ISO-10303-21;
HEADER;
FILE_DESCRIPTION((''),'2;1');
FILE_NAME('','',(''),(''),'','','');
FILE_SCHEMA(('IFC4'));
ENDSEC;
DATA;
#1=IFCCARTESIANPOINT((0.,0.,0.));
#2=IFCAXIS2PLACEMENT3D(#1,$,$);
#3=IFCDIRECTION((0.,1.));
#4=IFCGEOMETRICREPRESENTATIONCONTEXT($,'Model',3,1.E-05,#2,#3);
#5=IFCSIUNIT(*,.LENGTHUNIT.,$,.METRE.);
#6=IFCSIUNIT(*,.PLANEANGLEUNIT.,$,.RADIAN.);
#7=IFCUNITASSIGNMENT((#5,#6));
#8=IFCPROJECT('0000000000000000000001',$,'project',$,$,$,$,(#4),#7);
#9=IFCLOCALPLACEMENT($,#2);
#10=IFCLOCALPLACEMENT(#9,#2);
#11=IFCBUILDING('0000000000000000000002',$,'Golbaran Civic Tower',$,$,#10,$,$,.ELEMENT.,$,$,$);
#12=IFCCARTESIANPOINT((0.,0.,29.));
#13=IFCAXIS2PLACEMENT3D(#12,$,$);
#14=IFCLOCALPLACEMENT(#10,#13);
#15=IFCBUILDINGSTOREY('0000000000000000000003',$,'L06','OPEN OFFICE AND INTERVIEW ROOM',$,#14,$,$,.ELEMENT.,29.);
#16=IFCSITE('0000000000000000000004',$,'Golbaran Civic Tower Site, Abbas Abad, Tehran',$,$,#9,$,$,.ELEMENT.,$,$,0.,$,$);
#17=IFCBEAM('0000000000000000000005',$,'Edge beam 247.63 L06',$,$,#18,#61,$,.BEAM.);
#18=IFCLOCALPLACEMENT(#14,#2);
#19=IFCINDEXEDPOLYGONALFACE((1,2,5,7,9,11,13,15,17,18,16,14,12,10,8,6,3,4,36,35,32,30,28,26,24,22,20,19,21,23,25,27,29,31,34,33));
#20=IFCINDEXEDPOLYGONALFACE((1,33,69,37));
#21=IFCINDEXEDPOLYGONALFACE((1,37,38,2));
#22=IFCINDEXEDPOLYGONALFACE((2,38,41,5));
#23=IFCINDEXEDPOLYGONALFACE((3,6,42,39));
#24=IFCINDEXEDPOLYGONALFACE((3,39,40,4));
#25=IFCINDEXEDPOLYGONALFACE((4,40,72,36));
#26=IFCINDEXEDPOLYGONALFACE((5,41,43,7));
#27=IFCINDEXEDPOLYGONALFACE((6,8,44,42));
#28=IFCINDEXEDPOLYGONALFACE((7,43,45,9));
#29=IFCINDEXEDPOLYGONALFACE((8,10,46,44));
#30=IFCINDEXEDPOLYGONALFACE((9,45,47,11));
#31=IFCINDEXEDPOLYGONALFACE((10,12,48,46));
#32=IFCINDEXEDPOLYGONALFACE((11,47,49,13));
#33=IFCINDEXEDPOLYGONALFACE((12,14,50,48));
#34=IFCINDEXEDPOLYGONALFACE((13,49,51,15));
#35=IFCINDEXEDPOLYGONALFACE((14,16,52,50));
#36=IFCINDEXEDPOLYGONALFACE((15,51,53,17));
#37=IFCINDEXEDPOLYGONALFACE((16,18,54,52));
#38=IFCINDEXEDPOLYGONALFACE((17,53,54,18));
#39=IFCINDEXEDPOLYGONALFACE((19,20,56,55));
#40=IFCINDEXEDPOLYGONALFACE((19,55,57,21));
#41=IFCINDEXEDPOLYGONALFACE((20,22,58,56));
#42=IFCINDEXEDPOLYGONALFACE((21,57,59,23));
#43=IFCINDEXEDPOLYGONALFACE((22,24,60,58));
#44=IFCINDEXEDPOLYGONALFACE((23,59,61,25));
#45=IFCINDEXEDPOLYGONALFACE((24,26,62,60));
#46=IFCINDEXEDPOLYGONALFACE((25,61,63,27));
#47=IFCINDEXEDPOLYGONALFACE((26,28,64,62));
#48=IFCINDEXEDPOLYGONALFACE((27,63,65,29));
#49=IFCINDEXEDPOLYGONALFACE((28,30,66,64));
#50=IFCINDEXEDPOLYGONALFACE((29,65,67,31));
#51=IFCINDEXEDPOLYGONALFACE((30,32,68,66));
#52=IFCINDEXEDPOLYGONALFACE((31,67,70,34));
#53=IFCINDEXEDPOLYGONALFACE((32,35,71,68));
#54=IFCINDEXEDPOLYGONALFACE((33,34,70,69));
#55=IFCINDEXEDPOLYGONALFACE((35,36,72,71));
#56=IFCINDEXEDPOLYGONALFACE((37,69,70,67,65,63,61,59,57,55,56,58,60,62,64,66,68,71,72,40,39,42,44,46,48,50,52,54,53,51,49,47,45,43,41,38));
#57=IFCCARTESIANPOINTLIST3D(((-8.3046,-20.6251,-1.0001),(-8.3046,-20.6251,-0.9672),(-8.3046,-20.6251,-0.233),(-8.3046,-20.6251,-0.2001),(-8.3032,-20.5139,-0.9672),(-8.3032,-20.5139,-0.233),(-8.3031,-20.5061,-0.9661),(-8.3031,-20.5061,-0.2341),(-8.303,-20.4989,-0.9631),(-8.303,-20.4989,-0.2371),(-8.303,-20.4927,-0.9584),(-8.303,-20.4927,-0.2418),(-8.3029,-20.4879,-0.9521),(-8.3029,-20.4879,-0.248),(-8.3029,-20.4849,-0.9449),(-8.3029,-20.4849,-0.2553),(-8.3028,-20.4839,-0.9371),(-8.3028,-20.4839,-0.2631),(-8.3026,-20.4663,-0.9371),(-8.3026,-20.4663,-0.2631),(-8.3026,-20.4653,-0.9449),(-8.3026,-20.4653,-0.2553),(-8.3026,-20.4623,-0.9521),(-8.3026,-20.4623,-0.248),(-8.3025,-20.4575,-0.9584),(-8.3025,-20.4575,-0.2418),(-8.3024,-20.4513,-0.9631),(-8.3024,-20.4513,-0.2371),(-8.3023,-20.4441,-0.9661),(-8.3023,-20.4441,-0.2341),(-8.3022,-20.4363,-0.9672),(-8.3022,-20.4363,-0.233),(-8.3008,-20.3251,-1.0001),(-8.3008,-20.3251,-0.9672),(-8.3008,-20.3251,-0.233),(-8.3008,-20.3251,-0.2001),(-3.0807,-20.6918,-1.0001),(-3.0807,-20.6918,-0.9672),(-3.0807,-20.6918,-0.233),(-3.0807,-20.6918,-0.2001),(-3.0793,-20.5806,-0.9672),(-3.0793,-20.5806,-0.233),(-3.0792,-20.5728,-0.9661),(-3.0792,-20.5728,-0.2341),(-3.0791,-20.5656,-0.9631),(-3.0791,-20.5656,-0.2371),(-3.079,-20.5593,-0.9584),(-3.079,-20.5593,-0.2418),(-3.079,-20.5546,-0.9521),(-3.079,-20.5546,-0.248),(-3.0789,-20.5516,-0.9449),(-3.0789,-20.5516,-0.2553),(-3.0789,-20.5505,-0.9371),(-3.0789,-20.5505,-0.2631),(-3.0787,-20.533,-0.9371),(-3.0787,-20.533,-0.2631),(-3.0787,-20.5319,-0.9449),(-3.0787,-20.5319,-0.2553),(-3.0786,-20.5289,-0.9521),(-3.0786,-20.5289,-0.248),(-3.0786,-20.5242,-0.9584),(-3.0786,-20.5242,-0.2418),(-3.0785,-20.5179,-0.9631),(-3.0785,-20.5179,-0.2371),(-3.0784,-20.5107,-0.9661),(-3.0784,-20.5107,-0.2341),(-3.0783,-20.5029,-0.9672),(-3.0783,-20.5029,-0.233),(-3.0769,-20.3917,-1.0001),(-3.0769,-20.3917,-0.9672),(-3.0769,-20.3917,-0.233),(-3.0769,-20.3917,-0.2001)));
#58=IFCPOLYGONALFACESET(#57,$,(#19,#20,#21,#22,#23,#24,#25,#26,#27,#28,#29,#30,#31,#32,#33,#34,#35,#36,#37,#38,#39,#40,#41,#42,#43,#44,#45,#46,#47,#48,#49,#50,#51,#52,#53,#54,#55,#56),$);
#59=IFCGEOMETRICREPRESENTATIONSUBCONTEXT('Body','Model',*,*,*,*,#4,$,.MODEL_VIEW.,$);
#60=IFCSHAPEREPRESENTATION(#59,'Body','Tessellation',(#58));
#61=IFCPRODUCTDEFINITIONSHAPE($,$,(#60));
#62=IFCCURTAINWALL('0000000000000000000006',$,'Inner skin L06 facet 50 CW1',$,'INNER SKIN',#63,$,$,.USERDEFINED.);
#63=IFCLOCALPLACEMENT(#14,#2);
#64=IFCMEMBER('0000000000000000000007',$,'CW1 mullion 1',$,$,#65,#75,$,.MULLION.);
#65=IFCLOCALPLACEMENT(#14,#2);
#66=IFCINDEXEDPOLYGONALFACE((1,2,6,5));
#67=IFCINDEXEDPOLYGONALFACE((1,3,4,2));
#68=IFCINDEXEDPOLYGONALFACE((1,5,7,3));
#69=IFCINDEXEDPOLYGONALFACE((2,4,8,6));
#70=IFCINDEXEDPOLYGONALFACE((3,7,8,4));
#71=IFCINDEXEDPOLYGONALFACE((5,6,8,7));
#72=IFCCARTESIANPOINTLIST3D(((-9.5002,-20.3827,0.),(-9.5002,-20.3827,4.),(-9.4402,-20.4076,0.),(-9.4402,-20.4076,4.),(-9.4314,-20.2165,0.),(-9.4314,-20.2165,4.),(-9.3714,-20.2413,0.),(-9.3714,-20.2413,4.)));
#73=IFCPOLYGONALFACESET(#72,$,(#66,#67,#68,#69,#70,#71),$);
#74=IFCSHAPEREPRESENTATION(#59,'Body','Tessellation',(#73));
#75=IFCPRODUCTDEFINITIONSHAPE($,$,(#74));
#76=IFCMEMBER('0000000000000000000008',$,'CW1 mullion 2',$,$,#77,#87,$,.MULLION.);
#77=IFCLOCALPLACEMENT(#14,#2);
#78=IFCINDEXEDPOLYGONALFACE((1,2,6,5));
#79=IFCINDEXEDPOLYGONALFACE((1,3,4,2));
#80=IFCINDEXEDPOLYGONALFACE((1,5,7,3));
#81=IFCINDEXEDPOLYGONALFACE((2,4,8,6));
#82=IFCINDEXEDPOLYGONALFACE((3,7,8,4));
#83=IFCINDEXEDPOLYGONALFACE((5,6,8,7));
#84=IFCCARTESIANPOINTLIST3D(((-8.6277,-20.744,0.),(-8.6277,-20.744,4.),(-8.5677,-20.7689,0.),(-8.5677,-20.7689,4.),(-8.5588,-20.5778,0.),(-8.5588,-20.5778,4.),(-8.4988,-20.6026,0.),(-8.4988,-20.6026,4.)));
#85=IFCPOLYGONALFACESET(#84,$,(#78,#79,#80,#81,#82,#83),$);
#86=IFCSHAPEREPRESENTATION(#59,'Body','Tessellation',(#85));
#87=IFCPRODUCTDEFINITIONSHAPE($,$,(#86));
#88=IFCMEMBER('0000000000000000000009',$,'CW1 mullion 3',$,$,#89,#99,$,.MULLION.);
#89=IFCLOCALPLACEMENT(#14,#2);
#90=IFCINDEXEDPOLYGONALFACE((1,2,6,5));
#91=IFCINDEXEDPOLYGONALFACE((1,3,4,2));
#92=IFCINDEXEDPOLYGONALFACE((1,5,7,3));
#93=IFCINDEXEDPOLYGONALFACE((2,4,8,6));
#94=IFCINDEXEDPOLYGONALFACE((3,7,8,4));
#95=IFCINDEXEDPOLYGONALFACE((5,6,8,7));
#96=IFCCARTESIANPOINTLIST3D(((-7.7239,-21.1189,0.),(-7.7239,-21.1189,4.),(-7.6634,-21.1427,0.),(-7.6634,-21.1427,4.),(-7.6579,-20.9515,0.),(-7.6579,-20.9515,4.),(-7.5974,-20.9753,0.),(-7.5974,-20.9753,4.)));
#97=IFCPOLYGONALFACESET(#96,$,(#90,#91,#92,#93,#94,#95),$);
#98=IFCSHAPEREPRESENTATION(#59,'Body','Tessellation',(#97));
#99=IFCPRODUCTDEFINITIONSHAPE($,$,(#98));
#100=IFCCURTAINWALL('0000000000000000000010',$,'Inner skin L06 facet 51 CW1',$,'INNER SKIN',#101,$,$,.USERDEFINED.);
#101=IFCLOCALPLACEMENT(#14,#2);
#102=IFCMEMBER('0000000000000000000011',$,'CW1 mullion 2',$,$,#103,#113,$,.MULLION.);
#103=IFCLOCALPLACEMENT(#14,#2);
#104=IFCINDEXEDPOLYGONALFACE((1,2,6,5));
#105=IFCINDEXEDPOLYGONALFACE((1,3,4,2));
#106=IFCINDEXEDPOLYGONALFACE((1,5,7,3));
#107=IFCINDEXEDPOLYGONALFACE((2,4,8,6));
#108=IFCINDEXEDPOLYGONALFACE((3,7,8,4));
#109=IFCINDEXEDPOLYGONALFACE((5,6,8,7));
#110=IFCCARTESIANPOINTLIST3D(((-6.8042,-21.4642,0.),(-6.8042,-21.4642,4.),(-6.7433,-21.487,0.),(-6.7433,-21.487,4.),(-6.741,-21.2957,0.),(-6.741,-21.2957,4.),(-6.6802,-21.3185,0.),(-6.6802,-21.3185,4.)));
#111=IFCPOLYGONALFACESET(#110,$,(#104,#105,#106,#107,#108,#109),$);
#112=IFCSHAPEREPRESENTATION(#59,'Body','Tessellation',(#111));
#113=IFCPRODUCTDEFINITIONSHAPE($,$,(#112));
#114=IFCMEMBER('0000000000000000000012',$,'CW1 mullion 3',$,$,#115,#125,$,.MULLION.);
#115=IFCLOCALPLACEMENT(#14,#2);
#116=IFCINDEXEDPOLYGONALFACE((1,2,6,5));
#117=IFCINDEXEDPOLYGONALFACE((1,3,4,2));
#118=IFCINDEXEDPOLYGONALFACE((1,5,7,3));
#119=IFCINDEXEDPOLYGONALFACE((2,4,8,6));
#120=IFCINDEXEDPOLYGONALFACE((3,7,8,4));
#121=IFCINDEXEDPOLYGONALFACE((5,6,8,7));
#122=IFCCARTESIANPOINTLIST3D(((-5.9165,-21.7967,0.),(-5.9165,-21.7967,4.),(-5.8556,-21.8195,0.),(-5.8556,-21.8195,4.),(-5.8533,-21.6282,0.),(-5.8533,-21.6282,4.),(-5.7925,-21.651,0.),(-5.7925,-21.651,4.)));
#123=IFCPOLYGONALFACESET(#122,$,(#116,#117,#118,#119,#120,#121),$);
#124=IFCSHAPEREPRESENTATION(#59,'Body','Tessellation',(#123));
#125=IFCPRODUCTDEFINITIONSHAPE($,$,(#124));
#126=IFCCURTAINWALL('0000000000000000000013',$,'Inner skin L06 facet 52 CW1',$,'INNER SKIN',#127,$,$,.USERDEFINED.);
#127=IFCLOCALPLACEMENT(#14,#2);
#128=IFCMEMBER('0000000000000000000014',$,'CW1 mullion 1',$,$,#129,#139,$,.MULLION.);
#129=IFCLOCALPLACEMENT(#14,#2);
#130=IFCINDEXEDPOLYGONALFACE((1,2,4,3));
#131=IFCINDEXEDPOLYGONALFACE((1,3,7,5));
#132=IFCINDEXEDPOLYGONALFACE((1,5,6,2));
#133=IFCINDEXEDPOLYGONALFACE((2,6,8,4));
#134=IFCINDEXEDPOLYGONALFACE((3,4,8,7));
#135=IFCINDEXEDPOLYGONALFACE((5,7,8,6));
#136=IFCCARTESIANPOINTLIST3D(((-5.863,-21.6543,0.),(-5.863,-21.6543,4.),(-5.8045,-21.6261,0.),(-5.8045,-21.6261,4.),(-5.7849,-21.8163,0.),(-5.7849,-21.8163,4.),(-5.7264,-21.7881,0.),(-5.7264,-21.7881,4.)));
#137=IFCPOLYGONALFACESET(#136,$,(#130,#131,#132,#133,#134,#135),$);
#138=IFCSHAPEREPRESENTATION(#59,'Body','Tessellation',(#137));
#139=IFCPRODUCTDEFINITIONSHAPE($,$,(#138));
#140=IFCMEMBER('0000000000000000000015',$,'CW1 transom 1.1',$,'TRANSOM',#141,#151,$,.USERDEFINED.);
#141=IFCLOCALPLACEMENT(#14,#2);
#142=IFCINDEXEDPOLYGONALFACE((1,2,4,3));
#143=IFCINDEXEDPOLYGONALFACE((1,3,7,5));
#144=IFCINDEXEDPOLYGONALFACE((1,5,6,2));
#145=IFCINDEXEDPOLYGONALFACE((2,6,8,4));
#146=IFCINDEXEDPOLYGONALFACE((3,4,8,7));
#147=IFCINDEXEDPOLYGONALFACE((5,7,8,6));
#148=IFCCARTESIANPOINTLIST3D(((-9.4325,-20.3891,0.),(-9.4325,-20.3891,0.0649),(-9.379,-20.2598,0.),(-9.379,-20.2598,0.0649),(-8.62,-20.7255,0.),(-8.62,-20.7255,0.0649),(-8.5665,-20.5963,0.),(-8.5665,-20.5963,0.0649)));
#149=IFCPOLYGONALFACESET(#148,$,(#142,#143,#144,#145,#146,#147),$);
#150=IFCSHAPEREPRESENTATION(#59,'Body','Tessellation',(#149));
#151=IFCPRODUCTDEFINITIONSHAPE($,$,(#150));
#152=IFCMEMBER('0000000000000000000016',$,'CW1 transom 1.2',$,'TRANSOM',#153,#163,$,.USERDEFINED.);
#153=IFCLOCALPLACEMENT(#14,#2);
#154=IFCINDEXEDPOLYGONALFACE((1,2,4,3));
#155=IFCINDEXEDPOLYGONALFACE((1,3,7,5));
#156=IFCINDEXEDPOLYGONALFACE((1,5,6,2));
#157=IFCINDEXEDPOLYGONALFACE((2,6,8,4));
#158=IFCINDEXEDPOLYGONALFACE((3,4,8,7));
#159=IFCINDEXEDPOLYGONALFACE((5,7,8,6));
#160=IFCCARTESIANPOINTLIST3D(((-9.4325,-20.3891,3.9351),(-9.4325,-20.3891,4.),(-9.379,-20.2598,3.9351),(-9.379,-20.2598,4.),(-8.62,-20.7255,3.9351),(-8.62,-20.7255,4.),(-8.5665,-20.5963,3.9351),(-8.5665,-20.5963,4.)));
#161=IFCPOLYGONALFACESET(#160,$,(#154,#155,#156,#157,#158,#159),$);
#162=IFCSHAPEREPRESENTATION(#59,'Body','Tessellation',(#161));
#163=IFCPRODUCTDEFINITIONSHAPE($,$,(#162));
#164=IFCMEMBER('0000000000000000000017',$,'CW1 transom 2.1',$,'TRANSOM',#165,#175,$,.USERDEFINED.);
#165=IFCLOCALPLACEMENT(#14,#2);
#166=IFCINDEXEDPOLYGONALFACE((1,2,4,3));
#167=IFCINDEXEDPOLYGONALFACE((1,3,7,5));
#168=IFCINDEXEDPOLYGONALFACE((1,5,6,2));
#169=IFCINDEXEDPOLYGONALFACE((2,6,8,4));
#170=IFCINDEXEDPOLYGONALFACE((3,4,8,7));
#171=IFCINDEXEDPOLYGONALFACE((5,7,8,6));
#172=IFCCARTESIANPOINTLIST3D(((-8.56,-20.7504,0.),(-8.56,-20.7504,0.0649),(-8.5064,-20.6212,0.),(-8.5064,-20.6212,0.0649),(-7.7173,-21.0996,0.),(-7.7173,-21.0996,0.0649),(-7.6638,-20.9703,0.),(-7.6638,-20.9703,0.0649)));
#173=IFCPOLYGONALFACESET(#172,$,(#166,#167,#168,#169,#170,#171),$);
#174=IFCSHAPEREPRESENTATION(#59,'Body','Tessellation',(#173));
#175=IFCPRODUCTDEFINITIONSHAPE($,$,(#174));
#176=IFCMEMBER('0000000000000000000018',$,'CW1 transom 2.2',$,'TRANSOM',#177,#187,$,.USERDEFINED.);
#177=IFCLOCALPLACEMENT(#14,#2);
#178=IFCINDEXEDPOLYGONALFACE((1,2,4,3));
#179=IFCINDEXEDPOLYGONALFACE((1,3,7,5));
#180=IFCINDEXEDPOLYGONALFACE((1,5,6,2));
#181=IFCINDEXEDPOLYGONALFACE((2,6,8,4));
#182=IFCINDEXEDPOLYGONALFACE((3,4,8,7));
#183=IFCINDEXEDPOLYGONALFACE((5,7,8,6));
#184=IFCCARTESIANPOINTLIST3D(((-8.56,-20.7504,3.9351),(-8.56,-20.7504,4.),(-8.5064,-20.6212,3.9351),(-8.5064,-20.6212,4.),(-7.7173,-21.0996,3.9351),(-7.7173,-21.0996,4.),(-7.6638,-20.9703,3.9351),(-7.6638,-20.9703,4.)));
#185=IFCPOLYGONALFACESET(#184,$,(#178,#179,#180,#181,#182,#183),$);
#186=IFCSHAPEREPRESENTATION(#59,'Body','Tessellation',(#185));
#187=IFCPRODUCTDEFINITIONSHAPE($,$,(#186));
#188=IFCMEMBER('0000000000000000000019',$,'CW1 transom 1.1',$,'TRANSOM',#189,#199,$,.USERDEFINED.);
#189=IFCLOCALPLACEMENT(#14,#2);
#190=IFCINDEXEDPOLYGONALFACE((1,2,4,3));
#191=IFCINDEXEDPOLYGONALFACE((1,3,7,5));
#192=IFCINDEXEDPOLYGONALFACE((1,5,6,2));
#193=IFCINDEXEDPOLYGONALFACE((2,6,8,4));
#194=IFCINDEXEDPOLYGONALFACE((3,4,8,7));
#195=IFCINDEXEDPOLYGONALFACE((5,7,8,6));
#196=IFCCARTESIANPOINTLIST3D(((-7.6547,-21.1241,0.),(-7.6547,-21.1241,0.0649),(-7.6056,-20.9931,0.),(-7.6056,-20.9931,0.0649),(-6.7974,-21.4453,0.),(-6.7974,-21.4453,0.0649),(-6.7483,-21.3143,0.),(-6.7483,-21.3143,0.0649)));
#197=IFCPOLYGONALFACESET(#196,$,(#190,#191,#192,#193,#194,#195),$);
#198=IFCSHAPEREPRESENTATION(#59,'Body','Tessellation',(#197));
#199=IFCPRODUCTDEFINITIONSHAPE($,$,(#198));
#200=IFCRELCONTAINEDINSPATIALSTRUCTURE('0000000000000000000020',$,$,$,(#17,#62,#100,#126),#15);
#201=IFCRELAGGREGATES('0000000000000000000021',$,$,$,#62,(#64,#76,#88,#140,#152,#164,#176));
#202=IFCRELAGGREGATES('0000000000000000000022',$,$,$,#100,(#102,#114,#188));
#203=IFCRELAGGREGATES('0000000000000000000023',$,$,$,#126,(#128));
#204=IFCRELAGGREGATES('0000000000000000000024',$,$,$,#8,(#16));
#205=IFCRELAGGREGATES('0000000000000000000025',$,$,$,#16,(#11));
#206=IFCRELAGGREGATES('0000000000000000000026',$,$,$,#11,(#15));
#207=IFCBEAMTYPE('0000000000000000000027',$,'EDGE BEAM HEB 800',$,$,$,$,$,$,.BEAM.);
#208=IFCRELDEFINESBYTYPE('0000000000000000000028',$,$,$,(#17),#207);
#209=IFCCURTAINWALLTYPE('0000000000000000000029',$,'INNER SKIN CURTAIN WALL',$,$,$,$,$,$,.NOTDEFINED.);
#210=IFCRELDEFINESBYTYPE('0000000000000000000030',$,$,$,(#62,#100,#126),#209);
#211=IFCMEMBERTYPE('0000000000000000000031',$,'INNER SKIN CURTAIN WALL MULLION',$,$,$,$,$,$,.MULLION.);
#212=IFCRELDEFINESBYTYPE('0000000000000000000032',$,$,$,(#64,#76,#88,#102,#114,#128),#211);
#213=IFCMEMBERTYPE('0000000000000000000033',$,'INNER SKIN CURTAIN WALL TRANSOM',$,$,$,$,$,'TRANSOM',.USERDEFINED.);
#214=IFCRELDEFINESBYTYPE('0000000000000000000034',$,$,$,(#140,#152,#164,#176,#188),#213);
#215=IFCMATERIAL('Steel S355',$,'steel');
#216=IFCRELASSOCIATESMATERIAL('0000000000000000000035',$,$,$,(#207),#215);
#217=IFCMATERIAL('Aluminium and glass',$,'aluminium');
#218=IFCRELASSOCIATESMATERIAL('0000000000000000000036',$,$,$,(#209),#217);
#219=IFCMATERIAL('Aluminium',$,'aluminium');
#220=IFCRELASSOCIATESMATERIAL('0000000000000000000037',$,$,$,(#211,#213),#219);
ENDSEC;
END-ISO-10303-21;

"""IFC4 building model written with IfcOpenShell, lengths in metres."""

from ifc_helpers import new_model, si_unit, direction, frame, origin, origin_2d, place, context, subcontext, project, spatial, rectangle, i_section, extrude, material, material_profile, profile_set, type_object, element, aggregate, save


model = new_model("IFC4")

# Units and contexts
model_context = context("Model", 3, precision=1e-05, world=origin(), true_north=direction((0.0, 1.0)))
body_context = subcontext(model_context, "Body", "Model", "MODEL_VIEW")
ifc_project = project(units=[si_unit("LENGTHUNIT", "METRE"), si_unit("PLANEANGLEUNIT", "RADIAN")], contexts=[model_context])

# Site, building, storey
site_placement = place(None, origin())
site = spatial("IfcSite", under=ifc_project, at=site_placement, Name="Golbaran Civic Tower Site, Abbas Abad, Tehran", CompositionType="ELEMENT", RefElevation=0.0)
building_placement = place(site_placement, origin())
building = spatial("IfcBuilding", under=site, at=building_placement, Name="Golbaran Civic Tower", CompositionType="ELEMENT")
storey_placement = place(building_placement, frame((0.0, 0.0, 29.0)))
storey = spatial("IfcBuildingStorey", under=building, at=storey_placement, Name="L06", Description="OPEN OFFICE AND INTERVIEW ROOM", CompositionType="ELEMENT", Elevation=29.0)

# Beam
ifc_material_1 = material(Name="Steel S355", Category="steel")
ifc_material_profile_1 = material_profile(ifc_material_1, i_section(OverallWidth=0.3, OverallDepth=0.8, WebThickness=0.0176, FlangeThickness=0.033, FilletRadius=0.03, at=origin_2d()), Name="HEB 800")
ifc_profile_set_1 = profile_set([ifc_material_profile_1], Name="Steel S355")
beam_type = type_object("IfcBeamType", Name="EDGE BEAM HEB 800", PredefinedType="BEAM", material=ifc_profile_set_1)
beam_placement = place(storey_placement, frame((-8.3027, -20.4751, -0.6001), z_axis=(0.999919, -0.012758, 0.0), x_axis=(0.012758, 0.999919, 0.0)))
element("IfcBeam", 1, at=beam_placement, inside=storey, type_object=beam_type, Name="Edge beam 247.63 L06", PredefinedType="BEAM", context=body_context, shape_type="SweptSolid", body=[
    extrude(i_section(OverallWidth=0.3, OverallDepth=0.8, WebThickness=0.0176, FlangeThickness=0.033, FilletRadius=0.03, at=origin_2d()), origin(), (0.0, 0.0, 1.0), 5.2244),
])

# Curtain walls, members
ifc_material_2 = material(Name="Aluminium and glass", Category="aluminium")
curtain_wall_type = type_object("IfcCurtainWallType", Name="INNER SKIN CURTAIN WALL", PredefinedType="NOTDEFINED", material=ifc_material_2)
curtain_wall_1_placement = place(storey_placement, origin())
curtain_wall_1 = element("IfcCurtainWall", 2, at=curtain_wall_1_placement, inside=storey, type_object=curtain_wall_type, Name="Inner skin L06 facet 50 CW1", ObjectType="INNER SKIN", PredefinedType="USERDEFINED")
ifc_material_3 = material(Name="Aluminium", Category="aluminium")
ifc_material_profile_2 = material_profile(ifc_material_3, rectangle(XDim=0.1799, YDim=0.0649, at=origin_2d()), Name="INNER SKIN CURTAIN WALL MULLION")
ifc_profile_set_2 = profile_set([ifc_material_profile_2], Name="Aluminium")
member_type_1 = type_object("IfcMemberType", Name="INNER SKIN CURTAIN WALL MULLION", PredefinedType="MULLION", material=ifc_profile_set_2)
member_1_placement = place(storey_placement, frame((-9.4358, -20.312, 0.0), z_axis=(0.0, 0.0, 1.0), x_axis=(0.382683, 0.92388, 0.0)))
member_1 = element("IfcMember", 3, at=member_1_placement, type_object=member_type_1, Name="CW1 mullion 1", PredefinedType="MULLION", context=body_context, shape_type="SweptSolid", body=[
    extrude(rectangle(XDim=0.1799, YDim=0.0649, at=origin_2d()), origin(), (0.0, 0.0, 1.0), 4.0),
])
member_2_placement = place(storey_placement, frame((-8.5632, -20.6733, 0.0), z_axis=(0.0, 0.0, 1.0), x_axis=(0.382683, 0.92388, 0.0)))
member_2 = element("IfcMember", 4, at=member_2_placement, type_object=member_type_1, Name="CW1 mullion 2", PredefinedType="MULLION", context=body_context, shape_type="SweptSolid", body=[
    extrude(rectangle(XDim=0.1799, YDim=0.0649, at=origin_2d()), origin(), (0.0, 0.0, 1.0), 4.0),
])
member_3_placement = place(storey_placement, frame((-7.6606, -21.0471, 0.0), z_axis=(0.0, 0.0, 1.0), x_axis=(0.3668, 0.9303, 0.0)))
member_3 = element("IfcMember", 5, at=member_3_placement, type_object=member_type_1, Name="CW1 mullion 3", PredefinedType="MULLION", context=body_context, shape_type="SweptSolid", body=[
    extrude(rectangle(XDim=0.1799, YDim=0.0649, at=origin_2d()), origin(), (0.0, 0.0, 1.0), 4.0),
])
curtain_wall_2_placement = place(storey_placement, origin())
curtain_wall_2 = element("IfcCurtainWall", 6, at=curtain_wall_2_placement, inside=storey, type_object=curtain_wall_type, Name="Inner skin L06 facet 51 CW1", ObjectType="INNER SKIN", PredefinedType="USERDEFINED")
member_4_placement = place(storey_placement, frame((-6.7422, -21.3914, 0.0), z_axis=(0.0, 0.0, 1.0), x_axis=(0.350808, 0.936447, 0.0)))
member_4 = element("IfcMember", 7, at=member_4_placement, type_object=member_type_1, Name="CW1 mullion 2", PredefinedType="MULLION", context=body_context, shape_type="SweptSolid", body=[
    extrude(rectangle(XDim=0.1799, YDim=0.0649, at=origin_2d()), origin(), (0.0, 0.0, 1.0), 4.0),
])
member_5_placement = place(storey_placement, frame((-5.8545, -21.7239, 0.0), z_axis=(0.0, 0.0, 1.0), x_axis=(0.350808, 0.936447, 0.0)))
member_5 = element("IfcMember", 8, at=member_5_placement, type_object=member_type_1, Name="CW1 mullion 3", PredefinedType="MULLION", context=body_context, shape_type="SweptSolid", body=[
    extrude(rectangle(XDim=0.1799, YDim=0.0649, at=origin_2d()), origin(), (0.0, 0.0, 1.0), 4.0),
])

# Curtain wall, member
curtain_wall_3_placement = place(storey_placement, origin())
curtain_wall_3 = element("IfcCurtainWall", 9, at=curtain_wall_3_placement, inside=storey, type_object=curtain_wall_type, Name="Inner skin L06 facet 52 CW1", ObjectType="INNER SKIN", PredefinedType="USERDEFINED")
member_6_placement = place(storey_placement, frame((-5.7947, -21.7212, 0.0), z_axis=(0.0, 0.0, 1.0), x_axis=(-0.434302, 0.900767, 0.0)))
member_6 = element("IfcMember", 10, at=member_6_placement, type_object=member_type_1, Name="CW1 mullion 1", PredefinedType="MULLION", context=body_context, shape_type="SweptSolid", body=[
    extrude(rectangle(XDim=0.1799, YDim=0.0649, at=origin_2d()), origin(), (0.0, 0.0, 1.0), 4.0),
])

# Members
ifc_material_profile_3 = material_profile(ifc_material_3, rectangle(XDim=0.1399, YDim=0.0649, at=origin_2d()), Name="INNER SKIN CURTAIN WALL TRANSOM")
ifc_profile_set_3 = profile_set([ifc_material_profile_3], Name="Aluminium")
member_type_2 = type_object("IfcMemberType", Name="INNER SKIN CURTAIN WALL TRANSOM", ElementType="TRANSOM", PredefinedType="USERDEFINED", material=ifc_profile_set_3)
member_7_placement = place(storey_placement, frame((-9.4058, -20.3245, 0.0325), z_axis=(0.923929, -0.382564, 0.0), x_axis=(0.382564, 0.923929, 0.0)))
member_7 = element("IfcMember", 11, at=member_7_placement, type_object=member_type_2, Name="CW1 transom 1.1", ObjectType="TRANSOM", PredefinedType="USERDEFINED", context=body_context, shape_type="SweptSolid", body=[
    extrude(rectangle(XDim=0.1399, YDim=0.0649, at=origin_2d()), origin(), (0.0, 0.0, 1.0), 0.8794),
])
member_8_placement = place(storey_placement, frame((-9.4058, -20.3245, 3.9675), z_axis=(0.923929, -0.382564, 0.0), x_axis=(0.382564, 0.923929, 0.0)))
member_8 = element("IfcMember", 12, at=member_8_placement, type_object=member_type_2, Name="CW1 transom 1.2", ObjectType="TRANSOM", PredefinedType="USERDEFINED", context=body_context, shape_type="SweptSolid", body=[
    extrude(rectangle(XDim=0.1399, YDim=0.0649, at=origin_2d()), origin(), (0.0, 0.0, 1.0), 0.8794),
])
member_9_placement = place(storey_placement, frame((-8.5332, -20.6858, 0.0325), z_axis=(0.923828, -0.382809, 0.0), x_axis=(0.382809, 0.923828, 0.0)))
member_9 = element("IfcMember", 13, at=member_9_placement, type_object=member_type_2, Name="CW1 transom 2.1", ObjectType="TRANSOM", PredefinedType="USERDEFINED", context=body_context, shape_type="SweptSolid", body=[
    extrude(rectangle(XDim=0.1399, YDim=0.0649, at=origin_2d()), origin(), (0.0, 0.0, 1.0), 0.9121),
])
member_10_placement = place(storey_placement, frame((-8.5332, -20.6858, 3.9675), z_axis=(0.923828, -0.382809, 0.0), x_axis=(0.382809, 0.923828, 0.0)))
member_10 = element("IfcMember", 14, at=member_10_placement, type_object=member_type_2, Name="CW1 transom 2.2", ObjectType="TRANSOM", PredefinedType="USERDEFINED", context=body_context, shape_type="SweptSolid", body=[
    extrude(rectangle(XDim=0.1399, YDim=0.0649, at=origin_2d()), origin(), (0.0, 0.0, 1.0), 0.9121),
])
member_11_placement = place(storey_placement, frame((-7.6301, -21.0586, 0.0325), z_axis=(0.936417, -0.35089, 0.0), x_axis=(0.35089, 0.936417, 0.0)))
member_11 = element("IfcMember", 15, at=member_11_placement, type_object=member_type_2, Name="CW1 transom 1.1", ObjectType="TRANSOM", PredefinedType="USERDEFINED", context=body_context, shape_type="SweptSolid", body=[
    extrude(rectangle(XDim=0.1399, YDim=0.0649, at=origin_2d()), origin(), (0.0, 0.0, 1.0), 0.9155),
])

aggregate(curtain_wall_1, [member_1, member_2, member_3, member_7, member_8, member_9, member_10])
aggregate(curtain_wall_2, [member_4, member_5, member_11])
aggregate(curtain_wall_3, [member_6])

save(model, "model.ifc")
